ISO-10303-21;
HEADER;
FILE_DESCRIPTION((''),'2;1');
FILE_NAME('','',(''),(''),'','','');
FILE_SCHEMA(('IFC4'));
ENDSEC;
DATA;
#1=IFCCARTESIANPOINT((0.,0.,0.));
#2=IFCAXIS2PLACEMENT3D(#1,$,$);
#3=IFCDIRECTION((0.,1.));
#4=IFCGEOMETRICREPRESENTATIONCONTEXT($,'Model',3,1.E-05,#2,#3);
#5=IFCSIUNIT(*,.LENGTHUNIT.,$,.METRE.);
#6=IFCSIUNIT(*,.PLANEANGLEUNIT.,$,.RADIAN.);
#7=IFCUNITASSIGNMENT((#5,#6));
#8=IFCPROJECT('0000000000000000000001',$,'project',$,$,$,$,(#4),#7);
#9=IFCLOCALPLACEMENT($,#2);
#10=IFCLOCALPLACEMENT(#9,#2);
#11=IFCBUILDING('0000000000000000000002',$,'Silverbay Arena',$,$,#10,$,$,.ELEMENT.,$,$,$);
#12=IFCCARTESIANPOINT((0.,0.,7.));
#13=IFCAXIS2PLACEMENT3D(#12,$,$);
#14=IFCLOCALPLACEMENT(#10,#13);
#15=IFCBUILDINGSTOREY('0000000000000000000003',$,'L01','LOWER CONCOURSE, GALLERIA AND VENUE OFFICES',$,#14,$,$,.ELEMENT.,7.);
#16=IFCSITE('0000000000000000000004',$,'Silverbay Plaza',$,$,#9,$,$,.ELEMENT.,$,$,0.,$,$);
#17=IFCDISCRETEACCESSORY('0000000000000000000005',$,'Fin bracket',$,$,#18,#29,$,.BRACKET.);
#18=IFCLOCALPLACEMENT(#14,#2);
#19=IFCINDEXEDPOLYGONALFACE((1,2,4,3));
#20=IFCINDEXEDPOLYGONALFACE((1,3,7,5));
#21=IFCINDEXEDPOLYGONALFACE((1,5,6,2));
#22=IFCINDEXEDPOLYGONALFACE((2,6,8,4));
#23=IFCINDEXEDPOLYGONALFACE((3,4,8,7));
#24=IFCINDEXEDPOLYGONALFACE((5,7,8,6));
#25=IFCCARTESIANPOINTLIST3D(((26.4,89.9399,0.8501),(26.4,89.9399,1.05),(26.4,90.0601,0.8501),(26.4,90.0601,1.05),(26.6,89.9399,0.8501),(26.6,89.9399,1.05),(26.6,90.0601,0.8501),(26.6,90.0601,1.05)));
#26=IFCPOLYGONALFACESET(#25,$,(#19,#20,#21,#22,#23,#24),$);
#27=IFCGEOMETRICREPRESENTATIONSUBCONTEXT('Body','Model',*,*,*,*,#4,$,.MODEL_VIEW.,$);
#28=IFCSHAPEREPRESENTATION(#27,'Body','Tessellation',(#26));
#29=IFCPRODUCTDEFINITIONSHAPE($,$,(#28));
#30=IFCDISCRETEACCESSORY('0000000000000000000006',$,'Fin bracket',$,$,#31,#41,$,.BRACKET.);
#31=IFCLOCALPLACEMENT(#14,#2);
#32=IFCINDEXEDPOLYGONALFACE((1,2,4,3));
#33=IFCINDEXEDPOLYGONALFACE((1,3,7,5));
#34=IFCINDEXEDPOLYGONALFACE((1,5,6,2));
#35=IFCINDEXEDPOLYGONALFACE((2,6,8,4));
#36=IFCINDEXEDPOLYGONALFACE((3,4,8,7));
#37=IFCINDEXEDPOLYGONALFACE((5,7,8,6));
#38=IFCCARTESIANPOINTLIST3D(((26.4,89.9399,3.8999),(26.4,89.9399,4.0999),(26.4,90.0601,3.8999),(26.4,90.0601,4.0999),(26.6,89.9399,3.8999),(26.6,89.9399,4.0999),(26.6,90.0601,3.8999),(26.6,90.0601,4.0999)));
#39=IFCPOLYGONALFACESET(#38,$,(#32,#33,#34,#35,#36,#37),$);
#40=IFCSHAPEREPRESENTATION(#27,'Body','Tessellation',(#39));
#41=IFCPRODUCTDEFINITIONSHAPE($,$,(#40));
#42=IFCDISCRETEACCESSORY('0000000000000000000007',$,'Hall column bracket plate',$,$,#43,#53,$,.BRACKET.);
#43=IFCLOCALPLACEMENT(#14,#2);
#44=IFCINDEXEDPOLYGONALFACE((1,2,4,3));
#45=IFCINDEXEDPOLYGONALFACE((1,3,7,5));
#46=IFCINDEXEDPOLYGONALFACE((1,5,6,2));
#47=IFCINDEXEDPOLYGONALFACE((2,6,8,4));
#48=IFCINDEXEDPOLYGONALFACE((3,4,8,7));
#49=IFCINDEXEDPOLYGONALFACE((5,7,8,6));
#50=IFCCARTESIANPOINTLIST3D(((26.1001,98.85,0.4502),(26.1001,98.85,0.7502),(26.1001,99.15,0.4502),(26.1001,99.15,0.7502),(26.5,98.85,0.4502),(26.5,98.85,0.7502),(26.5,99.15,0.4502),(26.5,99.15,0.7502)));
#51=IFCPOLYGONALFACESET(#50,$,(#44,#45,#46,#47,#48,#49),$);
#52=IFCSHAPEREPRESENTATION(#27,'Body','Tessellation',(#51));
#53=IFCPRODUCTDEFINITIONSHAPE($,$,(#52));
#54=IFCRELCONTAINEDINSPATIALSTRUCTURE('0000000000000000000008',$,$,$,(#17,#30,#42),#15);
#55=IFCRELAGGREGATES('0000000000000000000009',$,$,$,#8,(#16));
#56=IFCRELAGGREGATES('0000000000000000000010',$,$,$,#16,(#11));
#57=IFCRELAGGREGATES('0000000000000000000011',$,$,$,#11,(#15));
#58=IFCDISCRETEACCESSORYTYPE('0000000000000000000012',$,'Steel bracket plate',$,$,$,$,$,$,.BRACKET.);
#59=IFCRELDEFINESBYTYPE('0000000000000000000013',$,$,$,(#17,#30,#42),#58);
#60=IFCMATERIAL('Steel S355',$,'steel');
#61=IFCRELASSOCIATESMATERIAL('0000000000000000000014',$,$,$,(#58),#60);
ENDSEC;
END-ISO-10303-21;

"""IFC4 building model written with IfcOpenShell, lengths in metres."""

from ifc_helpers import new_model, si_unit, direction, frame, origin, origin_2d, place, context, subcontext, project, spatial, rectangle, extrude, material, type_object, element, save


model = new_model("IFC4")

# Units and contexts
model_context = context("Model", 3, precision=1e-05, world=origin(), true_north=direction((0.0, 1.0)))
body_context = subcontext(model_context, "Body", "Model", "MODEL_VIEW")
ifc_project = project(units=[si_unit("LENGTHUNIT", "METRE"), si_unit("PLANEANGLEUNIT", "RADIAN")], contexts=[model_context])

# Site, building, storey
site_placement = place(None, origin())
site = spatial("IfcSite", under=ifc_project, at=site_placement, Name="Silverbay Plaza", CompositionType="ELEMENT", RefElevation=0.0)
building_placement = place(site_placement, origin())
building = spatial("IfcBuilding", under=site, at=building_placement, Name="Silverbay Arena", CompositionType="ELEMENT")
storey_placement = place(building_placement, frame((0.0, 0.0, 7.0)))
storey = spatial("IfcBuildingStorey", under=building, at=storey_placement, Name="L01", Description="LOWER CONCOURSE, GALLERIA AND VENUE OFFICES", CompositionType="ELEMENT", Elevation=7.0)

# Discrete accessories
ifc_material_1 = material(Name="Steel S355", Category="steel")
discrete_accessory_type = type_object("IfcDiscreteAccessoryType", Name="Steel bracket plate", PredefinedType="BRACKET", material=ifc_material_1)
for number, where, z_axis, x_axis, name in (
    (1, (26.5, 90.0, 0.8501), (0.0, 0.0, 1.0), (1.0, 0.0, 0.0), "Fin bracket"),
    (2, (26.5, 90.0, 3.8999), (0.0, 0.0, 1.0), (1.0, 0.0, 0.0), "Fin bracket"),
):
    element("IfcDiscreteAccessory", number, at=place(storey_placement, frame(where, z_axis=z_axis, x_axis=x_axis)), inside=storey, type_object=discrete_accessory_type, Name=name, PredefinedType="BRACKET", context=body_context, shape_type="SweptSolid", body=[
        extrude(rectangle(XDim=0.2, YDim=0.1201, at=origin_2d()), origin(), (0.0, 0.0, 1.0), 0.2),
    ])
discrete_accessory_1_placement = place(storey_placement, frame((26.3, 99.0, 0.4502), z_axis=(0.0, 0.0, 1.0), x_axis=(1.0, 0.0, 0.0)))
element("IfcDiscreteAccessory", 3, at=discrete_accessory_1_placement, inside=storey, type_object=discrete_accessory_type, Name="Hall column bracket plate", PredefinedType="BRACKET", context=body_context, shape_type="SweptSolid", body=[
    extrude(rectangle(XDim=0.3999, YDim=0.3, at=origin_2d()), origin(), (0.0, 0.0, 1.0), 0.3),
])

save(model, "model.ifc")
